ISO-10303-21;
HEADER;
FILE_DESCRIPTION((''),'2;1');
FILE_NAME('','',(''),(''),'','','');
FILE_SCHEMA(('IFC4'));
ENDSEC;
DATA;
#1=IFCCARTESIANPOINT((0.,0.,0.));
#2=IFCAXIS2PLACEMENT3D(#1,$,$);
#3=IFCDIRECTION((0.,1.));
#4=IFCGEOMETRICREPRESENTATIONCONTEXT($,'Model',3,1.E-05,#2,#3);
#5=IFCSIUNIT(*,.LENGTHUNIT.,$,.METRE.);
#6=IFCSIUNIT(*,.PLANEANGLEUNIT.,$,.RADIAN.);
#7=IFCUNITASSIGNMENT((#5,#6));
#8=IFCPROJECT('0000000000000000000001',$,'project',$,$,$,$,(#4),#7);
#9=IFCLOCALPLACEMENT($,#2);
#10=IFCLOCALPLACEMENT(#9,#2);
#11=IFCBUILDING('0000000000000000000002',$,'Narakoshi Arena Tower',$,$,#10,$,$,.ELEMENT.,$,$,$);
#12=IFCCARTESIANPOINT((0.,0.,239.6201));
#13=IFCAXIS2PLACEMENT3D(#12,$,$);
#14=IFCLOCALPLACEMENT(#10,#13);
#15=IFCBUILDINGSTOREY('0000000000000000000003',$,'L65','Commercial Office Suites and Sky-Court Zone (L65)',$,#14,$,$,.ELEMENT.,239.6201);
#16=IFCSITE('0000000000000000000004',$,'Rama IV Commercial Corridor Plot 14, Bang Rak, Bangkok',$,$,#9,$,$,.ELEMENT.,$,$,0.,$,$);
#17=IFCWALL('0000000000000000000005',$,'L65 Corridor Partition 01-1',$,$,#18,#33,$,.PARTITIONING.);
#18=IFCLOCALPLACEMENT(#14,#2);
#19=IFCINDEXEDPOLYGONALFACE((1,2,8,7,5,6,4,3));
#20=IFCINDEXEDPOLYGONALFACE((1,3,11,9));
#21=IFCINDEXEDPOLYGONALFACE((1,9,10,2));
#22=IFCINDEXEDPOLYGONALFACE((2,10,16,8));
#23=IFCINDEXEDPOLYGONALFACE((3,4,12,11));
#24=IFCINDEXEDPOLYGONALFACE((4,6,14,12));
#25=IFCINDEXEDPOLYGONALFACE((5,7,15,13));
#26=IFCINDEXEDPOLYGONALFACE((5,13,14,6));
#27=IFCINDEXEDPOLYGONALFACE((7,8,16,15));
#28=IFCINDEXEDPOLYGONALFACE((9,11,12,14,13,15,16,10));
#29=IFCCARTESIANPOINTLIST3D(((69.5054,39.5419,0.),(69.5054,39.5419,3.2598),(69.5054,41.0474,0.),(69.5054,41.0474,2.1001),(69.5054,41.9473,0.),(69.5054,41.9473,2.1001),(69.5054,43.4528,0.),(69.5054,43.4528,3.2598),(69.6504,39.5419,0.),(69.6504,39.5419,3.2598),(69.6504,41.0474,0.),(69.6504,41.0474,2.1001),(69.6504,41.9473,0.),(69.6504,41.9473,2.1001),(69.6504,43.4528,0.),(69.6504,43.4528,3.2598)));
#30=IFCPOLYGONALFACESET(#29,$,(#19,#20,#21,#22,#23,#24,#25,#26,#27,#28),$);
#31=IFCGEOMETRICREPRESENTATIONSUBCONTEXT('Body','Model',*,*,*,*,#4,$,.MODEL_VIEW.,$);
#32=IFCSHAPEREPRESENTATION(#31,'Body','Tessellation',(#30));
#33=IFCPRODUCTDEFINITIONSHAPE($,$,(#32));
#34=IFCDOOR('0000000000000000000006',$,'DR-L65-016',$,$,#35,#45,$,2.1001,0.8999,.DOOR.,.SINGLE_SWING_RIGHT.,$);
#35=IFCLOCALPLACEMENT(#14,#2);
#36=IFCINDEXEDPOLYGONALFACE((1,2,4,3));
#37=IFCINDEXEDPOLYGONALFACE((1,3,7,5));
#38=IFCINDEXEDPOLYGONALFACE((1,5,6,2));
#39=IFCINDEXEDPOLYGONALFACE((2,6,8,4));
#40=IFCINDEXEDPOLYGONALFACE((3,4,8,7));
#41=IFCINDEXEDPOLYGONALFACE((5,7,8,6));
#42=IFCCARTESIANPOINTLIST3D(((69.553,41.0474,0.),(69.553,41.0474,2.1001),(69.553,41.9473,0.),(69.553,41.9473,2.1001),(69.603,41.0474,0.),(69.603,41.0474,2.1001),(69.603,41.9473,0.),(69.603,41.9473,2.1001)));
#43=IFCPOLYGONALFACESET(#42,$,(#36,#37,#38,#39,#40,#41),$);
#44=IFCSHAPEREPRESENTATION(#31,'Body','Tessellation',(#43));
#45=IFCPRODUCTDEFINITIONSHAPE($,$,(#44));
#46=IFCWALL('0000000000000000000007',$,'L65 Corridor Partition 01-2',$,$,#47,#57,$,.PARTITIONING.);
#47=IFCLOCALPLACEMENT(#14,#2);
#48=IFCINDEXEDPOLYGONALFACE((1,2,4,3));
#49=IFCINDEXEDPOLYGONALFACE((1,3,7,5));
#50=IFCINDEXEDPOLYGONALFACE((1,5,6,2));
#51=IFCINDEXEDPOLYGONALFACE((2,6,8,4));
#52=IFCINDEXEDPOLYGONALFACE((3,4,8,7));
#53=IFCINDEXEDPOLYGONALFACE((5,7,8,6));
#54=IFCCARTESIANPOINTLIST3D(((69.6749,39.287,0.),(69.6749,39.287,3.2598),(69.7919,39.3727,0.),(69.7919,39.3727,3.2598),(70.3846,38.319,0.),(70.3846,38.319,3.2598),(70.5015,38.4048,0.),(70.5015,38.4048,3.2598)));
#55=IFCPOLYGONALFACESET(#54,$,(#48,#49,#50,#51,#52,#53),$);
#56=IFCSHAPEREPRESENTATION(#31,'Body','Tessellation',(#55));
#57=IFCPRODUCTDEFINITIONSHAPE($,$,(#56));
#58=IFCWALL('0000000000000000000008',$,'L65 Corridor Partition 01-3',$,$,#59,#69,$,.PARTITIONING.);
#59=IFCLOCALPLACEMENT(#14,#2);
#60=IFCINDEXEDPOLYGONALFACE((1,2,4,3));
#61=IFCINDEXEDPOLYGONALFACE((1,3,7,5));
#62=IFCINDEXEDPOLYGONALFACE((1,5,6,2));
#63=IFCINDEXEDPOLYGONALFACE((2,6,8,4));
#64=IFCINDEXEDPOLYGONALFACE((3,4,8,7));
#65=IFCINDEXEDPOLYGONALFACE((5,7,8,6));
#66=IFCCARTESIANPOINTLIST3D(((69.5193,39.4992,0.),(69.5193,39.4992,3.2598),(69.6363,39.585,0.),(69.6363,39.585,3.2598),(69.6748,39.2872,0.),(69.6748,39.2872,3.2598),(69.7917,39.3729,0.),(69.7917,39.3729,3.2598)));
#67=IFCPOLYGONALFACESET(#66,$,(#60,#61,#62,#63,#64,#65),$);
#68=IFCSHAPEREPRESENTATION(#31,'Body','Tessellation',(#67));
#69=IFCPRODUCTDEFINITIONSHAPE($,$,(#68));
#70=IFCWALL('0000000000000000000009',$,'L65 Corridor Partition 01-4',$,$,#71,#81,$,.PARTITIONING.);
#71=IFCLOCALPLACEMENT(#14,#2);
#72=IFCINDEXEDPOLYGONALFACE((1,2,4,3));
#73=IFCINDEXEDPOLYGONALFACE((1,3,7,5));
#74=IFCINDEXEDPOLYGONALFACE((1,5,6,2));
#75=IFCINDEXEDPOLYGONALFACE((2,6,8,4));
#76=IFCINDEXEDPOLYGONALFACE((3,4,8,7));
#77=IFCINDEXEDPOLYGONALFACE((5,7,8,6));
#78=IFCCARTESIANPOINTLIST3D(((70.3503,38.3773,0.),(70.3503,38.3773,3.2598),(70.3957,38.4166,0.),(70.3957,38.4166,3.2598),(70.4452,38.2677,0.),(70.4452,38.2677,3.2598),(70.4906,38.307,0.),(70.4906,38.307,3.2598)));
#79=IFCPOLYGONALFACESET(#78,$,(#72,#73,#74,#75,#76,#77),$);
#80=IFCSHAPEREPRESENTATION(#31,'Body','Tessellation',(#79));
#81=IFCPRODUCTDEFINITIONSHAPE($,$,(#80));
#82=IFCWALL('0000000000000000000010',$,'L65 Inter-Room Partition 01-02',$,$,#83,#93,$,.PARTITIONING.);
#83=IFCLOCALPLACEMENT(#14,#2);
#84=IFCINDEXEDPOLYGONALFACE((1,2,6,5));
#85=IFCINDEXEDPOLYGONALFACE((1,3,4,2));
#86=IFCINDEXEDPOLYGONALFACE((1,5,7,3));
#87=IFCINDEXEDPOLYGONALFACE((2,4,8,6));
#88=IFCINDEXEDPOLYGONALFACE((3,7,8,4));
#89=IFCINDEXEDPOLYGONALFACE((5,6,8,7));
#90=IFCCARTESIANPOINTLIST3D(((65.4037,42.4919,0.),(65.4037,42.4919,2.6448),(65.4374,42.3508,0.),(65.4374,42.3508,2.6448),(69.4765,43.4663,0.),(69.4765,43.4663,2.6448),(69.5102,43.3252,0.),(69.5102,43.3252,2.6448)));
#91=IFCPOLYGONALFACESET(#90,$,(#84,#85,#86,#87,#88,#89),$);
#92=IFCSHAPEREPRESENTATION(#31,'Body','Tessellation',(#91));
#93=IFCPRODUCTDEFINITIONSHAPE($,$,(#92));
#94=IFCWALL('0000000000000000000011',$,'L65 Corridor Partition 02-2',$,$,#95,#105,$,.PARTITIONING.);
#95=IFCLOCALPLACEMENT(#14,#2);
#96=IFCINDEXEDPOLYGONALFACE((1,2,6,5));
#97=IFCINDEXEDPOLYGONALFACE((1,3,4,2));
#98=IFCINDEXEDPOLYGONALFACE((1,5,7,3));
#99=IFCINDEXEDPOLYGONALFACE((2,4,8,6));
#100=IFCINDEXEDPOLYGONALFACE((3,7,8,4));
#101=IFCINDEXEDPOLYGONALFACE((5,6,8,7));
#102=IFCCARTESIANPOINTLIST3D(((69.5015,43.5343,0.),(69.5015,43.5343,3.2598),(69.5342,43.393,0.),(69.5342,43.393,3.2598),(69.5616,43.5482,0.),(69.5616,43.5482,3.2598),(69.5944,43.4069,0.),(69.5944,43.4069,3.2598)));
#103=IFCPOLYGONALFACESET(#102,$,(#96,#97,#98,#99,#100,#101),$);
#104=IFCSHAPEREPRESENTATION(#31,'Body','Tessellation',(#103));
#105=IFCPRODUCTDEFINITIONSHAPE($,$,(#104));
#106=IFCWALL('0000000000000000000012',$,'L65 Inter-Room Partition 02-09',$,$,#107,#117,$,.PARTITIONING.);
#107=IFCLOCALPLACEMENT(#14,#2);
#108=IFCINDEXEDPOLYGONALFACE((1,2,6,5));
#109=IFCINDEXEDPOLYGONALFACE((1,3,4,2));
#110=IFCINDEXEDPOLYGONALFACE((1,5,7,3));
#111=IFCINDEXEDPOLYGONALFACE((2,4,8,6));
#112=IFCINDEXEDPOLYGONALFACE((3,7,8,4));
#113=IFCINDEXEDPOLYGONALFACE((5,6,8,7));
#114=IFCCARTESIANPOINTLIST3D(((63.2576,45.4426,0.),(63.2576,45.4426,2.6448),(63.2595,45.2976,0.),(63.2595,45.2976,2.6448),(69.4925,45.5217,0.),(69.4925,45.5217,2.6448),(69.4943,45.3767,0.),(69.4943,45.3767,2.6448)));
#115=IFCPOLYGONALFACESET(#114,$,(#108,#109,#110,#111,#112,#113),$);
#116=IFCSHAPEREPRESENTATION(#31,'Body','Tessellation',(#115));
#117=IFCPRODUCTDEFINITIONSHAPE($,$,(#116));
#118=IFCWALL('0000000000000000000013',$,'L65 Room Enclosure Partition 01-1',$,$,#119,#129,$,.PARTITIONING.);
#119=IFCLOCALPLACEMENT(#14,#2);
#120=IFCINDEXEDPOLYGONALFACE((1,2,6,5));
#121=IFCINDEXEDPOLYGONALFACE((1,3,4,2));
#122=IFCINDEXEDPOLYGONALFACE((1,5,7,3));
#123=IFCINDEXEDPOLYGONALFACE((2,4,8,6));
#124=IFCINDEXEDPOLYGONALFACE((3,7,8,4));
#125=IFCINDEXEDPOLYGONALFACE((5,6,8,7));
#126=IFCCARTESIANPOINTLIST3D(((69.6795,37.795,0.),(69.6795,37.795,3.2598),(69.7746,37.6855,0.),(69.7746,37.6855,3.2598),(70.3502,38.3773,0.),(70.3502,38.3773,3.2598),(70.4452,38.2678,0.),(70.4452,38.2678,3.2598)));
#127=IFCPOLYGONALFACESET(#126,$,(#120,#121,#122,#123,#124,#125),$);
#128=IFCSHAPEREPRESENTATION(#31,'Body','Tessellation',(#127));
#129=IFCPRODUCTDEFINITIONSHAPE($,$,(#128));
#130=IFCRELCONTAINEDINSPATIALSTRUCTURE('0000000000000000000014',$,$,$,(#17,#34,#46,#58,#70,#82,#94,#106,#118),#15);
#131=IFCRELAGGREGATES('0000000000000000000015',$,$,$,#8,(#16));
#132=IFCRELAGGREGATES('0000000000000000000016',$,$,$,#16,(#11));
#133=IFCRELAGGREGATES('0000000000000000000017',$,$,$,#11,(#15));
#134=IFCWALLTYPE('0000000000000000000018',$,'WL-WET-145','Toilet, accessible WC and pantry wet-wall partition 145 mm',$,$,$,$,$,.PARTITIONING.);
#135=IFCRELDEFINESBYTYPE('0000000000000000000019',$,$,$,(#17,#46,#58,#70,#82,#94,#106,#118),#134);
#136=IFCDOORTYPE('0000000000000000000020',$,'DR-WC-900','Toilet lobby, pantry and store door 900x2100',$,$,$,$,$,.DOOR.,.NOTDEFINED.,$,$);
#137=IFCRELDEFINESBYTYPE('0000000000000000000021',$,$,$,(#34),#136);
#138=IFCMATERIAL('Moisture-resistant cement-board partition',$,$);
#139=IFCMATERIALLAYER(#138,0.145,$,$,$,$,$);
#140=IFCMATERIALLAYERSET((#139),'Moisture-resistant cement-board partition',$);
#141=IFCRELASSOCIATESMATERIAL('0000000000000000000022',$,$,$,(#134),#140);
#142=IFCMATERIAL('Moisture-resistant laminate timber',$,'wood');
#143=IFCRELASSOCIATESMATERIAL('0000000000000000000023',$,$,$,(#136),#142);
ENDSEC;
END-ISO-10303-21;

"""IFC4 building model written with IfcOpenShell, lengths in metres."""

from ifc_helpers import new_model, si_unit, direction, frame, frame_2d, origin, place, context, subcontext, project, spatial, rectangle, extrude, material, layer, layer_set, type_object, element, fill, save


model = new_model("IFC4")

# Units and contexts
model_context = context("Model", 3, precision=1e-05, world=origin(), true_north=direction((0.0, 1.0)))
body_context = subcontext(model_context, "Body", "Model", "MODEL_VIEW")
ifc_project = project(units=[si_unit("LENGTHUNIT", "METRE"), si_unit("PLANEANGLEUNIT", "RADIAN")], contexts=[model_context])

# Site, building, storey
site_placement = place(None, origin())
site = spatial("IfcSite", under=ifc_project, at=site_placement, Name="Rama IV Commercial Corridor Plot 14, Bang Rak, Bangkok", CompositionType="ELEMENT", RefElevation=0.0)
building_placement = place(site_placement, origin())
building = spatial("IfcBuilding", under=site, at=building_placement, Name="Narakoshi Arena Tower", CompositionType="ELEMENT")
storey_placement = place(building_placement, frame((0.0, 0.0, 239.6201)))
storey = spatial("IfcBuildingStorey", under=building, at=storey_placement, Name="L65", Description="Commercial Office Suites and Sky-Court Zone (L65)", CompositionType="ELEMENT", Elevation=239.6201)

# Wall, opening, door
ifc_material_1 = material(Name="Moisture-resistant cement-board partition")
ifc_layer_1 = layer(ifc_material_1, 0.145)
ifc_layer_set_1 = layer_set([ifc_layer_1], Name="Moisture-resistant cement-board partition")
wall_type_1 = type_object("IfcWallType", Name="WL-WET-145", Description="Toilet, accessible WC and pantry wet-wall partition 145 mm", PredefinedType="PARTITIONING", material=ifc_layer_set_1)
wall_1_placement = place(storey_placement, frame((69.5779, 43.4529, 0.0), z_axis=(0.0, 0.0, 1.0), x_axis=(0.0, -1.0, 0.0)))
wall_1 = element("IfcWall", 1, at=wall_1_placement, inside=storey, type_object=wall_type_1, Name="L65 Corridor Partition 01-1", PredefinedType="PARTITIONING", context=body_context, shape_type="SweptSolid", body=[
    extrude(rectangle(XDim=3.9109, YDim=0.145, at=frame_2d((1.9556, 0.0))), origin(), (0.0, 0.0, 1.0), 3.2598),
])
opening_1_placement = place(wall_1_placement, frame((1.5056, 0.0, 0.0)))
opening_1 = element("IfcOpeningElement", 2, at=opening_1_placement, cuts=wall_1, PredefinedType="OPENING", context=body_context, shape_type="SweptSolid", body=[
    extrude(rectangle(XDim=0.8999, YDim=2.1001, at=frame_2d((0.45, 1.05))), frame((0.0, 0.0825, 0.0), z_axis=(0.0, -1.0, 0.0), x_axis=(1.0, 0.0, 0.0)), (0.0, 0.0, 1.0), 0.165),
])
ifc_material_2 = material(Name="Moisture-resistant laminate timber", Category="wood")
door_type_1 = type_object("IfcDoorType", Name="DR-WC-900", Description="Toilet lobby, pantry and store door 900x2100", OperationType="NOTDEFINED", PredefinedType="DOOR", material=ifc_material_2)
door_1_placement = place(opening_1_placement, frame((0.8999, 0.0, 0.0), z_axis=(0.0, 0.0, 1.0), x_axis=(-1.0, 0.0, 0.0)))
door_1 = element("IfcDoor", 3, at=door_1_placement, inside=storey, type_object=door_type_1, Name="DR-L65-016", OperationType="SINGLE_SWING_RIGHT", OverallHeight=2.1001, OverallWidth=0.8999, PredefinedType="DOOR", context=body_context, shape_type="SweptSolid", body=[
    extrude(rectangle(XDim=0.8999, YDim=2.1001, at=frame_2d((0.45, 1.05))), frame((0.0, 0.0249, 0.0), z_axis=(0.0, -1.0, 0.0), x_axis=(1.0, 0.0, 0.0)), (0.0, 0.0, 1.0), 0.05),
])
fill(opening_1, door_1)

# Walls
wall_2_placement = place(storey_placement, frame((69.7334, 39.3298, 0.0), z_axis=(0.0, 0.0, 1.0), x_axis=(0.591275, -0.80647, 0.0)))
element("IfcWall", 4, at=wall_2_placement, inside=storey, type_object=wall_type_1, Name="L65 Corridor Partition 01-2", PredefinedType="PARTITIONING", context=body_context, shape_type="SweptSolid", body=[
    extrude(rectangle(XDim=1.2002, YDim=0.145, at=frame_2d((0.6001, 0.0))), origin(), (0.0, 0.0, 1.0), 3.2598),
])
wall_3_placement = place(storey_placement, frame((69.5779, 39.542, 0.0), z_axis=(0.0, 0.0, 1.0), x_axis=(0.591203, -0.806523, 0.0)))
element("IfcWall", 5, at=wall_3_placement, inside=storey, type_object=wall_type_1, Name="L65 Corridor Partition 01-3", PredefinedType="PARTITIONING", context=body_context, shape_type="SweptSolid", body=[
    extrude(rectangle(XDim=0.2629, YDim=0.145, at=frame_2d((0.1313, 0.0))), origin(), (0.0, 0.0, 1.0), 3.2598),
])
wall_4_placement = place(storey_placement, frame((70.4431, 38.3618, 0.0), z_axis=(0.0, 0.0, 1.0), x_axis=(-0.756091, -0.654466, 0.0)))
element("IfcWall", 6, at=wall_4_placement, inside=storey, type_object=wall_type_1, Name="L65 Corridor Partition 01-4", PredefinedType="PARTITIONING", context=body_context, shape_type="SweptSolid", body=[
    extrude(rectangle(XDim=0.0601, YDim=0.145, at=frame_2d((0.03, 0.0))), origin(), (0.0, 0.0, 1.0), 3.2598),
])
wall_5_placement = place(storey_placement, frame((65.4207, 42.4214, 0.0), z_axis=(0.0, 0.0, 1.0), x_axis=(0.972555, 0.232674, 0.0)))
element("IfcWall", 7, at=wall_5_placement, inside=storey, type_object=wall_type_1, Name="L65 Inter-Room Partition 01-02", PredefinedType="PARTITIONING", context=body_context, shape_type="SweptSolid", body=[
    extrude(rectangle(XDim=4.1877, YDim=0.145, at=frame_2d((2.0938, 0.0))), origin(), (0.0, 0.0, 1.0), 2.6448),
])

# Walls
wall_6_placement = place(storey_placement, frame((69.5779, 43.4775, 0.0), z_axis=(0.0, 0.0, 1.0), x_axis=(-0.974191, -0.225727, 0.0)))
element("IfcWall", 8, at=wall_6_placement, inside=storey, type_object=wall_type_1, Name="L65 Corridor Partition 02-2", PredefinedType="PARTITIONING", context=body_context, shape_type="SweptSolid", body=[
    extrude(rectangle(XDim=0.0618, YDim=0.145, at=frame_2d((0.0308, 0.0))), origin(), (0.0, 0.0, 1.0), 3.2598),
])
wall_7_placement = place(storey_placement, frame((63.2585, 45.3701, 0.0), z_axis=(0.0, 0.0, 1.0), x_axis=(0.99992, 0.012686, 0.0)))
element("IfcWall", 9, at=wall_7_placement, inside=storey, type_object=wall_type_1, Name="L65 Inter-Room Partition 02-09", PredefinedType="PARTITIONING", context=body_context, shape_type="SweptSolid", body=[
    extrude(rectangle(XDim=6.2354, YDim=0.145, at=frame_2d((3.1177, 0.0))), origin(), (0.0, 0.0, 1.0), 2.6448),
])
wall_8_placement = place(storey_placement, frame((70.3977, 38.3225, 0.0), z_axis=(0.0, 0.0, 1.0), x_axis=(-0.755108, -0.6556, 0.0)))
element("IfcWall", 10, at=wall_8_placement, inside=storey, type_object=wall_type_1, Name="L65 Room Enclosure Partition 01-1", PredefinedType="PARTITIONING", context=body_context, shape_type="SweptSolid", body=[
    extrude(rectangle(XDim=0.8882, YDim=0.145, at=frame_2d((0.4441, 0.0))), origin(), (0.0, 0.0, 1.0), 3.2598),
])

save(model, "model.ifc")
